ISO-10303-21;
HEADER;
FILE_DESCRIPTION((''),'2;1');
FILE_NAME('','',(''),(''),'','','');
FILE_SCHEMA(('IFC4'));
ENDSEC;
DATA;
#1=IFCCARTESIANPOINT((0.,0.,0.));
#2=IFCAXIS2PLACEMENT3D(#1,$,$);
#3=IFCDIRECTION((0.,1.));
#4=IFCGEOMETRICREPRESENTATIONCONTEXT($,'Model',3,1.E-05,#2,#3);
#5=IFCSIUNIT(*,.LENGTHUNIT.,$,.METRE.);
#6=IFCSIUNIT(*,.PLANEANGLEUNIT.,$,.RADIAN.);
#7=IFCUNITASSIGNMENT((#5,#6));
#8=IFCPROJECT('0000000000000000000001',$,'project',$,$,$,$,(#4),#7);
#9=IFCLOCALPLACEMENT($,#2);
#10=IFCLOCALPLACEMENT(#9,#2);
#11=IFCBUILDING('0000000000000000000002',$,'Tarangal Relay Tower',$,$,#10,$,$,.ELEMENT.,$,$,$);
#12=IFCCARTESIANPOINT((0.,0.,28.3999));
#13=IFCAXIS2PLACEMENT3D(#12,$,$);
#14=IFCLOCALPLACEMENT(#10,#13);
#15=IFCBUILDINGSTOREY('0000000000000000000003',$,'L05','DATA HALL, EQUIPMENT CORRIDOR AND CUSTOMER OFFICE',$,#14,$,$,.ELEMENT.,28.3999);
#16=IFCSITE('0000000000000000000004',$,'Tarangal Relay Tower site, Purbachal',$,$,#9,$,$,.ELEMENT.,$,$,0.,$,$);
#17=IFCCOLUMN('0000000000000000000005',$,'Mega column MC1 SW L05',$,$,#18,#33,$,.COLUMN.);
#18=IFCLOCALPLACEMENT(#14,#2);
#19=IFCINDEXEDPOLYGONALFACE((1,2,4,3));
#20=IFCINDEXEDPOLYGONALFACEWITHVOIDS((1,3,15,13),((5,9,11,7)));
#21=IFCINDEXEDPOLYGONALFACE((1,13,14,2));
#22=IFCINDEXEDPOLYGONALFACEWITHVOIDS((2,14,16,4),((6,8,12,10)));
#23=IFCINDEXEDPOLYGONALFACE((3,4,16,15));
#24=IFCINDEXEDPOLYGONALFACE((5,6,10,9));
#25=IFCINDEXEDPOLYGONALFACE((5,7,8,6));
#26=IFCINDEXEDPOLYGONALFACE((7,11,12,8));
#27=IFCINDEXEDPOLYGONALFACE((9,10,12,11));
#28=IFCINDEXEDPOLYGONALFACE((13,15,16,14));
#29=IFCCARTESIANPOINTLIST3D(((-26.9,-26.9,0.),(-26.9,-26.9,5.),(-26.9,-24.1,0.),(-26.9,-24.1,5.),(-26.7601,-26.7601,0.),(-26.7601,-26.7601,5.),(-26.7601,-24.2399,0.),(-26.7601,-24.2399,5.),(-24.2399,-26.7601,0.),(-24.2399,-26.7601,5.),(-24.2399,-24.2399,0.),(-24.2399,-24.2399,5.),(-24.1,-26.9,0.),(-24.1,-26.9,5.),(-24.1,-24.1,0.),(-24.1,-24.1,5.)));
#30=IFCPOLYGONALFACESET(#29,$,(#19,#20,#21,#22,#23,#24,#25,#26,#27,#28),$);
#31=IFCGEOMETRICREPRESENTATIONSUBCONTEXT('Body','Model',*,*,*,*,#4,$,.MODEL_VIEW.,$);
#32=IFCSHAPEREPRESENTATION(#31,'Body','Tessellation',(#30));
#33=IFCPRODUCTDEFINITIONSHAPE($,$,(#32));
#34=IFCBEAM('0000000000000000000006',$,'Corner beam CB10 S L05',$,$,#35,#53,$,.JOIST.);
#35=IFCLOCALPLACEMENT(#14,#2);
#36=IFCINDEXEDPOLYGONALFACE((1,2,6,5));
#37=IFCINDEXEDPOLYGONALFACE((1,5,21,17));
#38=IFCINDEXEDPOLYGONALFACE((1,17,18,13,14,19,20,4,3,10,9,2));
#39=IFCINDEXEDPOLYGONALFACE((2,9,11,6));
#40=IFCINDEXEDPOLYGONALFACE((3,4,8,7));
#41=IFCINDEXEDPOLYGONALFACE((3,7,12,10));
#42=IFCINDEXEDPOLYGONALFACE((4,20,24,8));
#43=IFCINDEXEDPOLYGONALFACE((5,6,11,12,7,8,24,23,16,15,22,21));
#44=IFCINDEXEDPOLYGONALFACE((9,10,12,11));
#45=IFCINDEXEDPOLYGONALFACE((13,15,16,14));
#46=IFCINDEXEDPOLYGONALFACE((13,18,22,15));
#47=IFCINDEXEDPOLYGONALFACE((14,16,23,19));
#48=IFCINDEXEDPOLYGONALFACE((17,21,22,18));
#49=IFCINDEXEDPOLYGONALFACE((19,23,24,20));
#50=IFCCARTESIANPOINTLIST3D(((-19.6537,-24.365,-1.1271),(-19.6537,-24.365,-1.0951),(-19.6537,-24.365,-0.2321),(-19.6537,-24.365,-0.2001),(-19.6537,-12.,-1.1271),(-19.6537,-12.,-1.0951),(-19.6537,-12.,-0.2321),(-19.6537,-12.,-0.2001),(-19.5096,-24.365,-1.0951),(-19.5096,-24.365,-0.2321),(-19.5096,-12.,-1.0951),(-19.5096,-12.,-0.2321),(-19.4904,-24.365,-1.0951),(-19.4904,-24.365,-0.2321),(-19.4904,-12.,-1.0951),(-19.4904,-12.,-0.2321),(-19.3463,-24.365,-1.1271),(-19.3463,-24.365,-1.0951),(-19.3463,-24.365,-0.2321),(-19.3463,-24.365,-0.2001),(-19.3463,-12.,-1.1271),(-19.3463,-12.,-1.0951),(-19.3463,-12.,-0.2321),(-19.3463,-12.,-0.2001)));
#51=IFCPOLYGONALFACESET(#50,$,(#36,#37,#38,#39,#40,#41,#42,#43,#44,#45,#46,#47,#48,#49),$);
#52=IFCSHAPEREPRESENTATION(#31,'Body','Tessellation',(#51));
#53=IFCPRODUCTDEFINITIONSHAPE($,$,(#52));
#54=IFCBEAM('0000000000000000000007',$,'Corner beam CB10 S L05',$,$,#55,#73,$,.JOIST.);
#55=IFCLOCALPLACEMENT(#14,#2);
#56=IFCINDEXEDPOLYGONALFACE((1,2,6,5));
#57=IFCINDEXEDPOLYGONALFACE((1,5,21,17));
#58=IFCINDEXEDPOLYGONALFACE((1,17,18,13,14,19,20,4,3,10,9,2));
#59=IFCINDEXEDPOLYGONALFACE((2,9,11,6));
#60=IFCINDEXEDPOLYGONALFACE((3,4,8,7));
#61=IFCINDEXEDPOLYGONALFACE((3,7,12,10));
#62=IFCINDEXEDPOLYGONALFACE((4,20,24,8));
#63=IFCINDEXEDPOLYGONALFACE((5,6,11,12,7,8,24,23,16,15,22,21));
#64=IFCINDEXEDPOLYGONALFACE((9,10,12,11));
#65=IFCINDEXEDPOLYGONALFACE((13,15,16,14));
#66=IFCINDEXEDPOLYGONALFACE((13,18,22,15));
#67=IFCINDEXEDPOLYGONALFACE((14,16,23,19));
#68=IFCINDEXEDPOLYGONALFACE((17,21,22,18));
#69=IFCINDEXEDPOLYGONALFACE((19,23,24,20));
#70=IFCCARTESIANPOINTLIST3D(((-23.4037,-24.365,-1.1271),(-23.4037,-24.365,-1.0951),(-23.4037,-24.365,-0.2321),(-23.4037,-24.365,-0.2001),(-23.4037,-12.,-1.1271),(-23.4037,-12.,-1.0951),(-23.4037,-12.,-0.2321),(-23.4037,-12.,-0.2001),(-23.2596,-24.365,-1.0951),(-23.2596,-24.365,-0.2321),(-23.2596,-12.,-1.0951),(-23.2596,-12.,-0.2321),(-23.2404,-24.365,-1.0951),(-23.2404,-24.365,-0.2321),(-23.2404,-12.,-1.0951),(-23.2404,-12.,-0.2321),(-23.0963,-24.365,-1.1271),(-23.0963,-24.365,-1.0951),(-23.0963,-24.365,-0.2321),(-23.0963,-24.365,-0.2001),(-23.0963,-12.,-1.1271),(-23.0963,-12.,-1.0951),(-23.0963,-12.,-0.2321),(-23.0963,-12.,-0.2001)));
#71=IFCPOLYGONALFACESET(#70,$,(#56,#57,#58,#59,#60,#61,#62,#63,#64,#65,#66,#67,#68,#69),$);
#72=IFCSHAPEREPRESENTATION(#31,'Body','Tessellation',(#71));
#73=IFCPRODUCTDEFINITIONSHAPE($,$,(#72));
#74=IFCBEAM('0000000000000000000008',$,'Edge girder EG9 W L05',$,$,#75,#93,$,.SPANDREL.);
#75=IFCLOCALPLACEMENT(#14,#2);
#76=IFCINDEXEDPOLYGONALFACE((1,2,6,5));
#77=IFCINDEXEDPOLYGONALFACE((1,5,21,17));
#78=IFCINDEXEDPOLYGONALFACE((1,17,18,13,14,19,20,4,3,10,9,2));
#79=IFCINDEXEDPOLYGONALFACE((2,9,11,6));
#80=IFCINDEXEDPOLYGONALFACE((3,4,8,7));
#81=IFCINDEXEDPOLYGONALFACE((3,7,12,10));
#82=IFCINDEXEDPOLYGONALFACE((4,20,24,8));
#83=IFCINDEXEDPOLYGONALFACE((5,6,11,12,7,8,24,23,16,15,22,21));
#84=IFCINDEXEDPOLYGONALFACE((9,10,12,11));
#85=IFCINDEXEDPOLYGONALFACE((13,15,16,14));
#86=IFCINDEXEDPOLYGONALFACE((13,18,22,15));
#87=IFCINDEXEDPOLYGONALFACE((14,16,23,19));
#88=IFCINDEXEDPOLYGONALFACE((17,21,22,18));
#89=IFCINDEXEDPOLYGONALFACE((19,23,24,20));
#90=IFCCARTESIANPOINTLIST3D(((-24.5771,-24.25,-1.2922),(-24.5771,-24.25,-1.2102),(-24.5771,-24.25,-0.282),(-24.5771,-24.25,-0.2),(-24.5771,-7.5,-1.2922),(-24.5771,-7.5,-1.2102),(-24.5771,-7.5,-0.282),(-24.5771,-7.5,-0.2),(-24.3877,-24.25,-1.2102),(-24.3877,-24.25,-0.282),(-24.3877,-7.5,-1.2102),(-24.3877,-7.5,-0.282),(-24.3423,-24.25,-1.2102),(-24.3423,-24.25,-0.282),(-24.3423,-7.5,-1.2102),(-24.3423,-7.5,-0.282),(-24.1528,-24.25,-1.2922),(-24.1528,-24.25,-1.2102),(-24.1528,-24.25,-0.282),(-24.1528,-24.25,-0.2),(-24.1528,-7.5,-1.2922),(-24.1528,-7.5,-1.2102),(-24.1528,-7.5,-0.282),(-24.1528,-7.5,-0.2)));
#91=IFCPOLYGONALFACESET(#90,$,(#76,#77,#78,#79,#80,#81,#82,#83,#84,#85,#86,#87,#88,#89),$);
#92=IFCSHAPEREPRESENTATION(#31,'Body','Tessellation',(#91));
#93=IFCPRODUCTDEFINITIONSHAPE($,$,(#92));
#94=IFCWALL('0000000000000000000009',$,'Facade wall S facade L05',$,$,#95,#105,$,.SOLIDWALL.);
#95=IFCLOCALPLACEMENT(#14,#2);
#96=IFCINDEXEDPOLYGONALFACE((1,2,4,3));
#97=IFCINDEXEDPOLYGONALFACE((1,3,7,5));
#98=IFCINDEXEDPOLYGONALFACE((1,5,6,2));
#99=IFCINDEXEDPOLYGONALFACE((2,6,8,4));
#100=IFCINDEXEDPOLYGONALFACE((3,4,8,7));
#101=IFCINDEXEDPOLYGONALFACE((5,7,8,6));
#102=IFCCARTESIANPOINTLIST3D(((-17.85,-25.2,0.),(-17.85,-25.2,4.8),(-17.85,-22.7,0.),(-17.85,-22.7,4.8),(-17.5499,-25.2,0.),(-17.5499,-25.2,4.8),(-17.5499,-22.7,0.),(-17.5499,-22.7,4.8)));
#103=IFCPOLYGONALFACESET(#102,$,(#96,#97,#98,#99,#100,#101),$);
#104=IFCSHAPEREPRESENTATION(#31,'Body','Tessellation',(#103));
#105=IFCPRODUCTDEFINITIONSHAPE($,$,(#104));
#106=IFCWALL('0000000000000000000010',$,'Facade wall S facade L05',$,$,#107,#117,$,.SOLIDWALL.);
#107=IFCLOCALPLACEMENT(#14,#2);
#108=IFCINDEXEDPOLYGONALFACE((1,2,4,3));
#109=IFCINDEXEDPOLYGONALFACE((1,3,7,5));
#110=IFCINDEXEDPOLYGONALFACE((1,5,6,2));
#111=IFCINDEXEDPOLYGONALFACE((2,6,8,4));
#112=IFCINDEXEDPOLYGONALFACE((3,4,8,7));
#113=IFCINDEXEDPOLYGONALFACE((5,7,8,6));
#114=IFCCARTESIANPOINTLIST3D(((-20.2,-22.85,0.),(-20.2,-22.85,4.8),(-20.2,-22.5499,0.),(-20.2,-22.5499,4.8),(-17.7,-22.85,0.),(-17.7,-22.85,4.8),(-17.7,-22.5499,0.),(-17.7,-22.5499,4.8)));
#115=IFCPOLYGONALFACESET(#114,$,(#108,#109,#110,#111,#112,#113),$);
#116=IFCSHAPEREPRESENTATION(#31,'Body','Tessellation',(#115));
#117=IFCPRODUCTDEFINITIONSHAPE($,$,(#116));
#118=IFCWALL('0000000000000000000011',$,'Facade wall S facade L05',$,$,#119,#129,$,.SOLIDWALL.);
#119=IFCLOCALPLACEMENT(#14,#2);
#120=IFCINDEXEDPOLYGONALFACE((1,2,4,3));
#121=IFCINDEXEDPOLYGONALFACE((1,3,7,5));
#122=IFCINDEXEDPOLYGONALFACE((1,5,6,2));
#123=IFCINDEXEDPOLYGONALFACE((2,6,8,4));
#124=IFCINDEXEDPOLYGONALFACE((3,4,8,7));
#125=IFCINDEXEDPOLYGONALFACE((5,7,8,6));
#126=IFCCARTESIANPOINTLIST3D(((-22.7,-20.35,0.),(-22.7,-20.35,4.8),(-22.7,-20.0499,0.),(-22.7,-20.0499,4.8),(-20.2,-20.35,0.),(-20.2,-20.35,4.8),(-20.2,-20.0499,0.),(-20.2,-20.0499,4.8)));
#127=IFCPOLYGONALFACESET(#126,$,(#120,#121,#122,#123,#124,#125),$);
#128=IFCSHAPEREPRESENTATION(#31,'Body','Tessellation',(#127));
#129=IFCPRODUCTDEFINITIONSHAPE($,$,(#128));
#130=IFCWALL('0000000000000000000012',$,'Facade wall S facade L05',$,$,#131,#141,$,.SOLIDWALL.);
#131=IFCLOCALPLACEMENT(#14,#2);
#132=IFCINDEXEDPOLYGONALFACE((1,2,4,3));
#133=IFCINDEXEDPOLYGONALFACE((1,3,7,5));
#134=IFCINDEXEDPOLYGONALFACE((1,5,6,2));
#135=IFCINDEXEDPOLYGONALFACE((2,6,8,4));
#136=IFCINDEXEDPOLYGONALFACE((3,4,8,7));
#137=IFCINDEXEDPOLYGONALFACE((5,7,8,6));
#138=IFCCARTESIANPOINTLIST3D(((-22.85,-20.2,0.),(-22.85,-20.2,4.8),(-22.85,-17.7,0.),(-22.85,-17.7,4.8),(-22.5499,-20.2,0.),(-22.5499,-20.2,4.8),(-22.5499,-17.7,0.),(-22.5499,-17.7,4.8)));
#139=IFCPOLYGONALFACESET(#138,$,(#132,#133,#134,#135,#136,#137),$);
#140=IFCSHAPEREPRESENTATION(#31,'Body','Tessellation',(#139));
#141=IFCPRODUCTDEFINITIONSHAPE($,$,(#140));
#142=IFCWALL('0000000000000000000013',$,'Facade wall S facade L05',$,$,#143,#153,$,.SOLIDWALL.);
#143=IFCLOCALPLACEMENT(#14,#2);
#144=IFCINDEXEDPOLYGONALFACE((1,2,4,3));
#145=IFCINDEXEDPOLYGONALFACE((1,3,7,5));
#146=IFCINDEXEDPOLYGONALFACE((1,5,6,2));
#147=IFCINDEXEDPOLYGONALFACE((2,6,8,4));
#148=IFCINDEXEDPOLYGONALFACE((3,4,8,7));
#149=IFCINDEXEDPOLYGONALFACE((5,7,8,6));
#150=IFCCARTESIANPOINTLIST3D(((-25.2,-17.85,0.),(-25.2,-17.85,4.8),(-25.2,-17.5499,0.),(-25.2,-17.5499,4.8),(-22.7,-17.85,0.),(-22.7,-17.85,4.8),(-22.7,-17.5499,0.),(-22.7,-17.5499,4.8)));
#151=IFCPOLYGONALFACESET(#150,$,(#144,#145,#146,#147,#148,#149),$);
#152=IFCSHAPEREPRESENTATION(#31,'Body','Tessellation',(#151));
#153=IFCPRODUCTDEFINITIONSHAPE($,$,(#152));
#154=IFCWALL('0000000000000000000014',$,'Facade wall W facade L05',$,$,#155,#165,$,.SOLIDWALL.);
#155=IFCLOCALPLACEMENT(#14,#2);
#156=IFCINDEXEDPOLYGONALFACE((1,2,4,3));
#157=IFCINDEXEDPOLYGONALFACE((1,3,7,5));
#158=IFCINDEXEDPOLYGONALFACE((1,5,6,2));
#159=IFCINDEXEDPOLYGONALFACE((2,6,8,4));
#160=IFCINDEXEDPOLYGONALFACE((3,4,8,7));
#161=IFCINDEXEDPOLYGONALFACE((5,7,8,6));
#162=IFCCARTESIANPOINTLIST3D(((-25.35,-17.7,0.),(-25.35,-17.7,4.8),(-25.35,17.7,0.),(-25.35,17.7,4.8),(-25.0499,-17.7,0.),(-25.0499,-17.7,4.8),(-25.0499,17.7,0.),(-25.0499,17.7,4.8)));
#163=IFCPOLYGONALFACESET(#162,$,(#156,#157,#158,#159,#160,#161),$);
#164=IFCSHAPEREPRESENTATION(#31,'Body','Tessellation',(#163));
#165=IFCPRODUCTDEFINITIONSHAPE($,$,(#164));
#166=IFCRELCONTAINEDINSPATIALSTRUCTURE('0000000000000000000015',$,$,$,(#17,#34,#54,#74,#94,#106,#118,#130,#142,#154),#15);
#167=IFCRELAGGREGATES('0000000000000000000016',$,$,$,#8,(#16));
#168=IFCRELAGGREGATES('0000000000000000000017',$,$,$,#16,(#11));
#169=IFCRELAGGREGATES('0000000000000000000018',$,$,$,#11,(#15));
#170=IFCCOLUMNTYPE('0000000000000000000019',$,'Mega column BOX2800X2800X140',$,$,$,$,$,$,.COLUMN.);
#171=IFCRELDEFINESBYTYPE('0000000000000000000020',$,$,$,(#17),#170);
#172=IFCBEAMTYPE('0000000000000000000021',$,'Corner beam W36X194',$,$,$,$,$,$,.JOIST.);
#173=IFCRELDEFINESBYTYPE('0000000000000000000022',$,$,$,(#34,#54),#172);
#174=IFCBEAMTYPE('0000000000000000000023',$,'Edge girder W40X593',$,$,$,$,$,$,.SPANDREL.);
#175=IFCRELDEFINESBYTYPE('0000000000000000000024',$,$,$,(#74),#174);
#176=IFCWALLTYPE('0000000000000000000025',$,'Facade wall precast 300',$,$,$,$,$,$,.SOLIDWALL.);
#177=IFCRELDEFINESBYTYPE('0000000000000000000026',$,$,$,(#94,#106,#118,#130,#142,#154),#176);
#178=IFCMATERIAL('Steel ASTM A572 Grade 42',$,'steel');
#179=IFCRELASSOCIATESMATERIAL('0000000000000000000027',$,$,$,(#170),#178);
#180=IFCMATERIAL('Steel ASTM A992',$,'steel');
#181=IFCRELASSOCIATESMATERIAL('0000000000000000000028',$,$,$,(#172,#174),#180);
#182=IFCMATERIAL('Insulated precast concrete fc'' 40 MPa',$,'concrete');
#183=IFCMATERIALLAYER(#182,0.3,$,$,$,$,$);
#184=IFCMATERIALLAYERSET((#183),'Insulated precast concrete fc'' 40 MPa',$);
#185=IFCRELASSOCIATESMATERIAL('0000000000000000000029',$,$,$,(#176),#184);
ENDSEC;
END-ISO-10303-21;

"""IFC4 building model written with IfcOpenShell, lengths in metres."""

from ifc_helpers import new_model, si_unit, direction, frame, frame_2d, origin, origin_2d, place, context, subcontext, project, spatial, rectangle, hollow_rectangle, i_section, extrude, material, layer, layer_set, material_profile, profile_set, type_object, element, save


model = new_model("IFC4")

# Units and contexts
model_context = context("Model", 3, precision=1e-05, world=origin(), true_north=direction((0.0, 1.0)))
body_context = subcontext(model_context, "Body", "Model", "MODEL_VIEW")
ifc_project = project(units=[si_unit("LENGTHUNIT", "METRE"), si_unit("PLANEANGLEUNIT", "RADIAN")], contexts=[model_context])

# Site, building, storey
site_placement = place(None, origin())
site = spatial("IfcSite", under=ifc_project, at=site_placement, Name="Tarangal Relay Tower site, Purbachal", CompositionType="ELEMENT", RefElevation=0.0)
building_placement = place(site_placement, origin())
building = spatial("IfcBuilding", under=site, at=building_placement, Name="Tarangal Relay Tower", CompositionType="ELEMENT")
storey_placement = place(building_placement, frame((0.0, 0.0, 28.3999)))
storey = spatial("IfcBuildingStorey", under=building, at=storey_placement, Name="L05", Description="DATA HALL, EQUIPMENT CORRIDOR AND CUSTOMER OFFICE", CompositionType="ELEMENT", Elevation=28.3999)

# Column
ifc_material_1 = material(Name="Steel ASTM A572 Grade 42", Category="steel")
ifc_material_profile_1 = material_profile(ifc_material_1, hollow_rectangle(XDim=2.8, YDim=2.8, WallThickness=0.1399, at=origin_2d()), Name="BOX2800X2800X140")
ifc_profile_set_1 = profile_set([ifc_material_profile_1], Name="Steel ASTM A572 Grade 42")
column_type = type_object("IfcColumnType", Name="Mega column BOX2800X2800X140", PredefinedType="COLUMN", material=ifc_profile_set_1)
column_placement = place(storey_placement, frame((-25.5, -25.5, 0.0), z_axis=(0.0, 0.0, 1.0), x_axis=(1.0, 0.0, 0.0)))
element("IfcColumn", 1, at=column_placement, inside=storey, type_object=column_type, Name="Mega column MC1 SW L05", PredefinedType="COLUMN", context=body_context, shape_type="SweptSolid", body=[
    extrude(hollow_rectangle(XDim=2.8, YDim=2.8, WallThickness=0.1399, at=origin_2d()), origin(), (0.0, 0.0, 1.0), 5.0),
])

# Beams
ifc_material_2 = material(Name="Steel ASTM A992", Category="steel")
ifc_material_profile_2 = material_profile(ifc_material_2, i_section(OverallWidth=0.3074, OverallDepth=0.927, WebThickness=0.0193, FlangeThickness=0.032, at=origin_2d()), Name="W36X194")
ifc_profile_set_2 = profile_set([ifc_material_profile_2], Name="Steel ASTM A992")
beam_type_1 = type_object("IfcBeamType", Name="Corner beam W36X194", PredefinedType="JOIST", material=ifc_profile_set_2)
for number, where, z_axis, x_axis, name in (
    (2, (-19.5, -12.0, -0.6636), (0.0, -1.0, 0.0), (1.0, 0.0, 0.0), "Corner beam CB10 S L05"),
    (3, (-23.25, -12.0, -0.6636), (0.0, -1.0, 0.0), (1.0, 0.0, 0.0), "Corner beam CB10 S L05"),
):
    element("IfcBeam", number, at=place(storey_placement, frame(where, z_axis=z_axis, x_axis=x_axis)), inside=storey, type_object=beam_type_1, Name=name, PredefinedType="JOIST", context=body_context, shape_type="SweptSolid", body=[
        extrude(i_section(OverallWidth=0.3074, OverallDepth=0.927, WebThickness=0.0193, FlangeThickness=0.032, at=origin_2d()), origin(), (0.0, 0.0, 1.0), 12.365),
    ])
ifc_material_profile_3 = material_profile(ifc_material_2, i_section(OverallWidth=0.4243, OverallDepth=1.0923, WebThickness=0.0454, FlangeThickness=0.082, at=origin_2d()), Name="W40X593")
ifc_profile_set_3 = profile_set([ifc_material_profile_3], Name="Steel ASTM A992")
beam_type_2 = type_object("IfcBeamType", Name="Edge girder W40X593", PredefinedType="SPANDREL", material=ifc_profile_set_3)
beam_placement = place(storey_placement, frame((-24.365, -24.25, -0.7461), z_axis=(0.0, 1.0, 0.0), x_axis=(-1.0, 0.0, 0.0)))
element("IfcBeam", 4, at=beam_placement, inside=storey, type_object=beam_type_2, Name="Edge girder EG9 W L05", PredefinedType="SPANDREL", context=body_context, shape_type="SweptSolid", body=[
    extrude(i_section(OverallWidth=0.4243, OverallDepth=1.0923, WebThickness=0.0454, FlangeThickness=0.082, at=origin_2d()), origin(), (0.0, 0.0, 1.0), 16.75),
])

# Walls
ifc_material_3 = material(Name="Insulated precast concrete fc' 40 MPa", Category="concrete")
ifc_layer_1 = layer(ifc_material_3, 0.3)
ifc_layer_set_1 = layer_set([ifc_layer_1], Name="Insulated precast concrete fc' 40 MPa")
wall_type_1 = type_object("IfcWallType", Name="Facade wall precast 300", PredefinedType="SOLIDWALL", material=ifc_layer_set_1)
for number, where, z_axis, x_axis, name in (
    (5, (-17.7, -25.2, 0.0), (0.0, 0.0, 1.0), (0.0, 1.0, 0.0), "Facade wall S facade L05"),
    (6, (-17.7, -22.7, 0.0), (0.0, 0.0, 1.0), (-1.0, 0.0, 0.0), "Facade wall S facade L05"),
):
    element("IfcWall", number, at=place(storey_placement, frame(where, z_axis=z_axis, x_axis=x_axis)), inside=storey, type_object=wall_type_1, Name=name, PredefinedType="SOLIDWALL", context=body_context, shape_type="SweptSolid", body=[
        extrude(rectangle(XDim=2.5, YDim=0.3, at=frame_2d((1.25, 0.0))), origin(), (0.0, 0.0, 1.0), 4.8),
    ])

# Walls
for number, where, z_axis, x_axis, name in (
    (7, (-20.2, -20.2, 0.0), (0.0, 0.0, 1.0), (-1.0, 0.0, 0.0), "Facade wall S facade L05"),
    (8, (-22.7, -20.2, 0.0), (0.0, 0.0, 1.0), (0.0, 1.0, 0.0), "Facade wall S facade L05"),
    (9, (-22.7, -17.7, 0.0), (0.0, 0.0, 1.0), (-1.0, 0.0, 0.0), "Facade wall S facade L05"),
):
    element("IfcWall", number, at=place(storey_placement, frame(where, z_axis=z_axis, x_axis=x_axis)), inside=storey, type_object=wall_type_1, Name=name, PredefinedType="SOLIDWALL", context=body_context, shape_type="SweptSolid", body=[
        extrude(rectangle(XDim=2.5, YDim=0.3, at=frame_2d((1.25, 0.0))), origin(), (0.0, 0.0, 1.0), 4.8),
    ])
wall_1_placement = place(storey_placement, frame((-25.2, -17.7, 0.0), z_axis=(0.0, 0.0, 1.0), x_axis=(0.0, 1.0, 0.0)))
element("IfcWall", 10, at=wall_1_placement, inside=storey, type_object=wall_type_1, Name="Facade wall W facade L05", PredefinedType="SOLIDWALL", context=body_context, shape_type="SweptSolid", body=[
    extrude(rectangle(XDim=35.3999, YDim=0.3, at=frame_2d((17.7, 0.0))), origin(), (0.0, 0.0, 1.0), 4.8),
])

save(model, "model.ifc")
